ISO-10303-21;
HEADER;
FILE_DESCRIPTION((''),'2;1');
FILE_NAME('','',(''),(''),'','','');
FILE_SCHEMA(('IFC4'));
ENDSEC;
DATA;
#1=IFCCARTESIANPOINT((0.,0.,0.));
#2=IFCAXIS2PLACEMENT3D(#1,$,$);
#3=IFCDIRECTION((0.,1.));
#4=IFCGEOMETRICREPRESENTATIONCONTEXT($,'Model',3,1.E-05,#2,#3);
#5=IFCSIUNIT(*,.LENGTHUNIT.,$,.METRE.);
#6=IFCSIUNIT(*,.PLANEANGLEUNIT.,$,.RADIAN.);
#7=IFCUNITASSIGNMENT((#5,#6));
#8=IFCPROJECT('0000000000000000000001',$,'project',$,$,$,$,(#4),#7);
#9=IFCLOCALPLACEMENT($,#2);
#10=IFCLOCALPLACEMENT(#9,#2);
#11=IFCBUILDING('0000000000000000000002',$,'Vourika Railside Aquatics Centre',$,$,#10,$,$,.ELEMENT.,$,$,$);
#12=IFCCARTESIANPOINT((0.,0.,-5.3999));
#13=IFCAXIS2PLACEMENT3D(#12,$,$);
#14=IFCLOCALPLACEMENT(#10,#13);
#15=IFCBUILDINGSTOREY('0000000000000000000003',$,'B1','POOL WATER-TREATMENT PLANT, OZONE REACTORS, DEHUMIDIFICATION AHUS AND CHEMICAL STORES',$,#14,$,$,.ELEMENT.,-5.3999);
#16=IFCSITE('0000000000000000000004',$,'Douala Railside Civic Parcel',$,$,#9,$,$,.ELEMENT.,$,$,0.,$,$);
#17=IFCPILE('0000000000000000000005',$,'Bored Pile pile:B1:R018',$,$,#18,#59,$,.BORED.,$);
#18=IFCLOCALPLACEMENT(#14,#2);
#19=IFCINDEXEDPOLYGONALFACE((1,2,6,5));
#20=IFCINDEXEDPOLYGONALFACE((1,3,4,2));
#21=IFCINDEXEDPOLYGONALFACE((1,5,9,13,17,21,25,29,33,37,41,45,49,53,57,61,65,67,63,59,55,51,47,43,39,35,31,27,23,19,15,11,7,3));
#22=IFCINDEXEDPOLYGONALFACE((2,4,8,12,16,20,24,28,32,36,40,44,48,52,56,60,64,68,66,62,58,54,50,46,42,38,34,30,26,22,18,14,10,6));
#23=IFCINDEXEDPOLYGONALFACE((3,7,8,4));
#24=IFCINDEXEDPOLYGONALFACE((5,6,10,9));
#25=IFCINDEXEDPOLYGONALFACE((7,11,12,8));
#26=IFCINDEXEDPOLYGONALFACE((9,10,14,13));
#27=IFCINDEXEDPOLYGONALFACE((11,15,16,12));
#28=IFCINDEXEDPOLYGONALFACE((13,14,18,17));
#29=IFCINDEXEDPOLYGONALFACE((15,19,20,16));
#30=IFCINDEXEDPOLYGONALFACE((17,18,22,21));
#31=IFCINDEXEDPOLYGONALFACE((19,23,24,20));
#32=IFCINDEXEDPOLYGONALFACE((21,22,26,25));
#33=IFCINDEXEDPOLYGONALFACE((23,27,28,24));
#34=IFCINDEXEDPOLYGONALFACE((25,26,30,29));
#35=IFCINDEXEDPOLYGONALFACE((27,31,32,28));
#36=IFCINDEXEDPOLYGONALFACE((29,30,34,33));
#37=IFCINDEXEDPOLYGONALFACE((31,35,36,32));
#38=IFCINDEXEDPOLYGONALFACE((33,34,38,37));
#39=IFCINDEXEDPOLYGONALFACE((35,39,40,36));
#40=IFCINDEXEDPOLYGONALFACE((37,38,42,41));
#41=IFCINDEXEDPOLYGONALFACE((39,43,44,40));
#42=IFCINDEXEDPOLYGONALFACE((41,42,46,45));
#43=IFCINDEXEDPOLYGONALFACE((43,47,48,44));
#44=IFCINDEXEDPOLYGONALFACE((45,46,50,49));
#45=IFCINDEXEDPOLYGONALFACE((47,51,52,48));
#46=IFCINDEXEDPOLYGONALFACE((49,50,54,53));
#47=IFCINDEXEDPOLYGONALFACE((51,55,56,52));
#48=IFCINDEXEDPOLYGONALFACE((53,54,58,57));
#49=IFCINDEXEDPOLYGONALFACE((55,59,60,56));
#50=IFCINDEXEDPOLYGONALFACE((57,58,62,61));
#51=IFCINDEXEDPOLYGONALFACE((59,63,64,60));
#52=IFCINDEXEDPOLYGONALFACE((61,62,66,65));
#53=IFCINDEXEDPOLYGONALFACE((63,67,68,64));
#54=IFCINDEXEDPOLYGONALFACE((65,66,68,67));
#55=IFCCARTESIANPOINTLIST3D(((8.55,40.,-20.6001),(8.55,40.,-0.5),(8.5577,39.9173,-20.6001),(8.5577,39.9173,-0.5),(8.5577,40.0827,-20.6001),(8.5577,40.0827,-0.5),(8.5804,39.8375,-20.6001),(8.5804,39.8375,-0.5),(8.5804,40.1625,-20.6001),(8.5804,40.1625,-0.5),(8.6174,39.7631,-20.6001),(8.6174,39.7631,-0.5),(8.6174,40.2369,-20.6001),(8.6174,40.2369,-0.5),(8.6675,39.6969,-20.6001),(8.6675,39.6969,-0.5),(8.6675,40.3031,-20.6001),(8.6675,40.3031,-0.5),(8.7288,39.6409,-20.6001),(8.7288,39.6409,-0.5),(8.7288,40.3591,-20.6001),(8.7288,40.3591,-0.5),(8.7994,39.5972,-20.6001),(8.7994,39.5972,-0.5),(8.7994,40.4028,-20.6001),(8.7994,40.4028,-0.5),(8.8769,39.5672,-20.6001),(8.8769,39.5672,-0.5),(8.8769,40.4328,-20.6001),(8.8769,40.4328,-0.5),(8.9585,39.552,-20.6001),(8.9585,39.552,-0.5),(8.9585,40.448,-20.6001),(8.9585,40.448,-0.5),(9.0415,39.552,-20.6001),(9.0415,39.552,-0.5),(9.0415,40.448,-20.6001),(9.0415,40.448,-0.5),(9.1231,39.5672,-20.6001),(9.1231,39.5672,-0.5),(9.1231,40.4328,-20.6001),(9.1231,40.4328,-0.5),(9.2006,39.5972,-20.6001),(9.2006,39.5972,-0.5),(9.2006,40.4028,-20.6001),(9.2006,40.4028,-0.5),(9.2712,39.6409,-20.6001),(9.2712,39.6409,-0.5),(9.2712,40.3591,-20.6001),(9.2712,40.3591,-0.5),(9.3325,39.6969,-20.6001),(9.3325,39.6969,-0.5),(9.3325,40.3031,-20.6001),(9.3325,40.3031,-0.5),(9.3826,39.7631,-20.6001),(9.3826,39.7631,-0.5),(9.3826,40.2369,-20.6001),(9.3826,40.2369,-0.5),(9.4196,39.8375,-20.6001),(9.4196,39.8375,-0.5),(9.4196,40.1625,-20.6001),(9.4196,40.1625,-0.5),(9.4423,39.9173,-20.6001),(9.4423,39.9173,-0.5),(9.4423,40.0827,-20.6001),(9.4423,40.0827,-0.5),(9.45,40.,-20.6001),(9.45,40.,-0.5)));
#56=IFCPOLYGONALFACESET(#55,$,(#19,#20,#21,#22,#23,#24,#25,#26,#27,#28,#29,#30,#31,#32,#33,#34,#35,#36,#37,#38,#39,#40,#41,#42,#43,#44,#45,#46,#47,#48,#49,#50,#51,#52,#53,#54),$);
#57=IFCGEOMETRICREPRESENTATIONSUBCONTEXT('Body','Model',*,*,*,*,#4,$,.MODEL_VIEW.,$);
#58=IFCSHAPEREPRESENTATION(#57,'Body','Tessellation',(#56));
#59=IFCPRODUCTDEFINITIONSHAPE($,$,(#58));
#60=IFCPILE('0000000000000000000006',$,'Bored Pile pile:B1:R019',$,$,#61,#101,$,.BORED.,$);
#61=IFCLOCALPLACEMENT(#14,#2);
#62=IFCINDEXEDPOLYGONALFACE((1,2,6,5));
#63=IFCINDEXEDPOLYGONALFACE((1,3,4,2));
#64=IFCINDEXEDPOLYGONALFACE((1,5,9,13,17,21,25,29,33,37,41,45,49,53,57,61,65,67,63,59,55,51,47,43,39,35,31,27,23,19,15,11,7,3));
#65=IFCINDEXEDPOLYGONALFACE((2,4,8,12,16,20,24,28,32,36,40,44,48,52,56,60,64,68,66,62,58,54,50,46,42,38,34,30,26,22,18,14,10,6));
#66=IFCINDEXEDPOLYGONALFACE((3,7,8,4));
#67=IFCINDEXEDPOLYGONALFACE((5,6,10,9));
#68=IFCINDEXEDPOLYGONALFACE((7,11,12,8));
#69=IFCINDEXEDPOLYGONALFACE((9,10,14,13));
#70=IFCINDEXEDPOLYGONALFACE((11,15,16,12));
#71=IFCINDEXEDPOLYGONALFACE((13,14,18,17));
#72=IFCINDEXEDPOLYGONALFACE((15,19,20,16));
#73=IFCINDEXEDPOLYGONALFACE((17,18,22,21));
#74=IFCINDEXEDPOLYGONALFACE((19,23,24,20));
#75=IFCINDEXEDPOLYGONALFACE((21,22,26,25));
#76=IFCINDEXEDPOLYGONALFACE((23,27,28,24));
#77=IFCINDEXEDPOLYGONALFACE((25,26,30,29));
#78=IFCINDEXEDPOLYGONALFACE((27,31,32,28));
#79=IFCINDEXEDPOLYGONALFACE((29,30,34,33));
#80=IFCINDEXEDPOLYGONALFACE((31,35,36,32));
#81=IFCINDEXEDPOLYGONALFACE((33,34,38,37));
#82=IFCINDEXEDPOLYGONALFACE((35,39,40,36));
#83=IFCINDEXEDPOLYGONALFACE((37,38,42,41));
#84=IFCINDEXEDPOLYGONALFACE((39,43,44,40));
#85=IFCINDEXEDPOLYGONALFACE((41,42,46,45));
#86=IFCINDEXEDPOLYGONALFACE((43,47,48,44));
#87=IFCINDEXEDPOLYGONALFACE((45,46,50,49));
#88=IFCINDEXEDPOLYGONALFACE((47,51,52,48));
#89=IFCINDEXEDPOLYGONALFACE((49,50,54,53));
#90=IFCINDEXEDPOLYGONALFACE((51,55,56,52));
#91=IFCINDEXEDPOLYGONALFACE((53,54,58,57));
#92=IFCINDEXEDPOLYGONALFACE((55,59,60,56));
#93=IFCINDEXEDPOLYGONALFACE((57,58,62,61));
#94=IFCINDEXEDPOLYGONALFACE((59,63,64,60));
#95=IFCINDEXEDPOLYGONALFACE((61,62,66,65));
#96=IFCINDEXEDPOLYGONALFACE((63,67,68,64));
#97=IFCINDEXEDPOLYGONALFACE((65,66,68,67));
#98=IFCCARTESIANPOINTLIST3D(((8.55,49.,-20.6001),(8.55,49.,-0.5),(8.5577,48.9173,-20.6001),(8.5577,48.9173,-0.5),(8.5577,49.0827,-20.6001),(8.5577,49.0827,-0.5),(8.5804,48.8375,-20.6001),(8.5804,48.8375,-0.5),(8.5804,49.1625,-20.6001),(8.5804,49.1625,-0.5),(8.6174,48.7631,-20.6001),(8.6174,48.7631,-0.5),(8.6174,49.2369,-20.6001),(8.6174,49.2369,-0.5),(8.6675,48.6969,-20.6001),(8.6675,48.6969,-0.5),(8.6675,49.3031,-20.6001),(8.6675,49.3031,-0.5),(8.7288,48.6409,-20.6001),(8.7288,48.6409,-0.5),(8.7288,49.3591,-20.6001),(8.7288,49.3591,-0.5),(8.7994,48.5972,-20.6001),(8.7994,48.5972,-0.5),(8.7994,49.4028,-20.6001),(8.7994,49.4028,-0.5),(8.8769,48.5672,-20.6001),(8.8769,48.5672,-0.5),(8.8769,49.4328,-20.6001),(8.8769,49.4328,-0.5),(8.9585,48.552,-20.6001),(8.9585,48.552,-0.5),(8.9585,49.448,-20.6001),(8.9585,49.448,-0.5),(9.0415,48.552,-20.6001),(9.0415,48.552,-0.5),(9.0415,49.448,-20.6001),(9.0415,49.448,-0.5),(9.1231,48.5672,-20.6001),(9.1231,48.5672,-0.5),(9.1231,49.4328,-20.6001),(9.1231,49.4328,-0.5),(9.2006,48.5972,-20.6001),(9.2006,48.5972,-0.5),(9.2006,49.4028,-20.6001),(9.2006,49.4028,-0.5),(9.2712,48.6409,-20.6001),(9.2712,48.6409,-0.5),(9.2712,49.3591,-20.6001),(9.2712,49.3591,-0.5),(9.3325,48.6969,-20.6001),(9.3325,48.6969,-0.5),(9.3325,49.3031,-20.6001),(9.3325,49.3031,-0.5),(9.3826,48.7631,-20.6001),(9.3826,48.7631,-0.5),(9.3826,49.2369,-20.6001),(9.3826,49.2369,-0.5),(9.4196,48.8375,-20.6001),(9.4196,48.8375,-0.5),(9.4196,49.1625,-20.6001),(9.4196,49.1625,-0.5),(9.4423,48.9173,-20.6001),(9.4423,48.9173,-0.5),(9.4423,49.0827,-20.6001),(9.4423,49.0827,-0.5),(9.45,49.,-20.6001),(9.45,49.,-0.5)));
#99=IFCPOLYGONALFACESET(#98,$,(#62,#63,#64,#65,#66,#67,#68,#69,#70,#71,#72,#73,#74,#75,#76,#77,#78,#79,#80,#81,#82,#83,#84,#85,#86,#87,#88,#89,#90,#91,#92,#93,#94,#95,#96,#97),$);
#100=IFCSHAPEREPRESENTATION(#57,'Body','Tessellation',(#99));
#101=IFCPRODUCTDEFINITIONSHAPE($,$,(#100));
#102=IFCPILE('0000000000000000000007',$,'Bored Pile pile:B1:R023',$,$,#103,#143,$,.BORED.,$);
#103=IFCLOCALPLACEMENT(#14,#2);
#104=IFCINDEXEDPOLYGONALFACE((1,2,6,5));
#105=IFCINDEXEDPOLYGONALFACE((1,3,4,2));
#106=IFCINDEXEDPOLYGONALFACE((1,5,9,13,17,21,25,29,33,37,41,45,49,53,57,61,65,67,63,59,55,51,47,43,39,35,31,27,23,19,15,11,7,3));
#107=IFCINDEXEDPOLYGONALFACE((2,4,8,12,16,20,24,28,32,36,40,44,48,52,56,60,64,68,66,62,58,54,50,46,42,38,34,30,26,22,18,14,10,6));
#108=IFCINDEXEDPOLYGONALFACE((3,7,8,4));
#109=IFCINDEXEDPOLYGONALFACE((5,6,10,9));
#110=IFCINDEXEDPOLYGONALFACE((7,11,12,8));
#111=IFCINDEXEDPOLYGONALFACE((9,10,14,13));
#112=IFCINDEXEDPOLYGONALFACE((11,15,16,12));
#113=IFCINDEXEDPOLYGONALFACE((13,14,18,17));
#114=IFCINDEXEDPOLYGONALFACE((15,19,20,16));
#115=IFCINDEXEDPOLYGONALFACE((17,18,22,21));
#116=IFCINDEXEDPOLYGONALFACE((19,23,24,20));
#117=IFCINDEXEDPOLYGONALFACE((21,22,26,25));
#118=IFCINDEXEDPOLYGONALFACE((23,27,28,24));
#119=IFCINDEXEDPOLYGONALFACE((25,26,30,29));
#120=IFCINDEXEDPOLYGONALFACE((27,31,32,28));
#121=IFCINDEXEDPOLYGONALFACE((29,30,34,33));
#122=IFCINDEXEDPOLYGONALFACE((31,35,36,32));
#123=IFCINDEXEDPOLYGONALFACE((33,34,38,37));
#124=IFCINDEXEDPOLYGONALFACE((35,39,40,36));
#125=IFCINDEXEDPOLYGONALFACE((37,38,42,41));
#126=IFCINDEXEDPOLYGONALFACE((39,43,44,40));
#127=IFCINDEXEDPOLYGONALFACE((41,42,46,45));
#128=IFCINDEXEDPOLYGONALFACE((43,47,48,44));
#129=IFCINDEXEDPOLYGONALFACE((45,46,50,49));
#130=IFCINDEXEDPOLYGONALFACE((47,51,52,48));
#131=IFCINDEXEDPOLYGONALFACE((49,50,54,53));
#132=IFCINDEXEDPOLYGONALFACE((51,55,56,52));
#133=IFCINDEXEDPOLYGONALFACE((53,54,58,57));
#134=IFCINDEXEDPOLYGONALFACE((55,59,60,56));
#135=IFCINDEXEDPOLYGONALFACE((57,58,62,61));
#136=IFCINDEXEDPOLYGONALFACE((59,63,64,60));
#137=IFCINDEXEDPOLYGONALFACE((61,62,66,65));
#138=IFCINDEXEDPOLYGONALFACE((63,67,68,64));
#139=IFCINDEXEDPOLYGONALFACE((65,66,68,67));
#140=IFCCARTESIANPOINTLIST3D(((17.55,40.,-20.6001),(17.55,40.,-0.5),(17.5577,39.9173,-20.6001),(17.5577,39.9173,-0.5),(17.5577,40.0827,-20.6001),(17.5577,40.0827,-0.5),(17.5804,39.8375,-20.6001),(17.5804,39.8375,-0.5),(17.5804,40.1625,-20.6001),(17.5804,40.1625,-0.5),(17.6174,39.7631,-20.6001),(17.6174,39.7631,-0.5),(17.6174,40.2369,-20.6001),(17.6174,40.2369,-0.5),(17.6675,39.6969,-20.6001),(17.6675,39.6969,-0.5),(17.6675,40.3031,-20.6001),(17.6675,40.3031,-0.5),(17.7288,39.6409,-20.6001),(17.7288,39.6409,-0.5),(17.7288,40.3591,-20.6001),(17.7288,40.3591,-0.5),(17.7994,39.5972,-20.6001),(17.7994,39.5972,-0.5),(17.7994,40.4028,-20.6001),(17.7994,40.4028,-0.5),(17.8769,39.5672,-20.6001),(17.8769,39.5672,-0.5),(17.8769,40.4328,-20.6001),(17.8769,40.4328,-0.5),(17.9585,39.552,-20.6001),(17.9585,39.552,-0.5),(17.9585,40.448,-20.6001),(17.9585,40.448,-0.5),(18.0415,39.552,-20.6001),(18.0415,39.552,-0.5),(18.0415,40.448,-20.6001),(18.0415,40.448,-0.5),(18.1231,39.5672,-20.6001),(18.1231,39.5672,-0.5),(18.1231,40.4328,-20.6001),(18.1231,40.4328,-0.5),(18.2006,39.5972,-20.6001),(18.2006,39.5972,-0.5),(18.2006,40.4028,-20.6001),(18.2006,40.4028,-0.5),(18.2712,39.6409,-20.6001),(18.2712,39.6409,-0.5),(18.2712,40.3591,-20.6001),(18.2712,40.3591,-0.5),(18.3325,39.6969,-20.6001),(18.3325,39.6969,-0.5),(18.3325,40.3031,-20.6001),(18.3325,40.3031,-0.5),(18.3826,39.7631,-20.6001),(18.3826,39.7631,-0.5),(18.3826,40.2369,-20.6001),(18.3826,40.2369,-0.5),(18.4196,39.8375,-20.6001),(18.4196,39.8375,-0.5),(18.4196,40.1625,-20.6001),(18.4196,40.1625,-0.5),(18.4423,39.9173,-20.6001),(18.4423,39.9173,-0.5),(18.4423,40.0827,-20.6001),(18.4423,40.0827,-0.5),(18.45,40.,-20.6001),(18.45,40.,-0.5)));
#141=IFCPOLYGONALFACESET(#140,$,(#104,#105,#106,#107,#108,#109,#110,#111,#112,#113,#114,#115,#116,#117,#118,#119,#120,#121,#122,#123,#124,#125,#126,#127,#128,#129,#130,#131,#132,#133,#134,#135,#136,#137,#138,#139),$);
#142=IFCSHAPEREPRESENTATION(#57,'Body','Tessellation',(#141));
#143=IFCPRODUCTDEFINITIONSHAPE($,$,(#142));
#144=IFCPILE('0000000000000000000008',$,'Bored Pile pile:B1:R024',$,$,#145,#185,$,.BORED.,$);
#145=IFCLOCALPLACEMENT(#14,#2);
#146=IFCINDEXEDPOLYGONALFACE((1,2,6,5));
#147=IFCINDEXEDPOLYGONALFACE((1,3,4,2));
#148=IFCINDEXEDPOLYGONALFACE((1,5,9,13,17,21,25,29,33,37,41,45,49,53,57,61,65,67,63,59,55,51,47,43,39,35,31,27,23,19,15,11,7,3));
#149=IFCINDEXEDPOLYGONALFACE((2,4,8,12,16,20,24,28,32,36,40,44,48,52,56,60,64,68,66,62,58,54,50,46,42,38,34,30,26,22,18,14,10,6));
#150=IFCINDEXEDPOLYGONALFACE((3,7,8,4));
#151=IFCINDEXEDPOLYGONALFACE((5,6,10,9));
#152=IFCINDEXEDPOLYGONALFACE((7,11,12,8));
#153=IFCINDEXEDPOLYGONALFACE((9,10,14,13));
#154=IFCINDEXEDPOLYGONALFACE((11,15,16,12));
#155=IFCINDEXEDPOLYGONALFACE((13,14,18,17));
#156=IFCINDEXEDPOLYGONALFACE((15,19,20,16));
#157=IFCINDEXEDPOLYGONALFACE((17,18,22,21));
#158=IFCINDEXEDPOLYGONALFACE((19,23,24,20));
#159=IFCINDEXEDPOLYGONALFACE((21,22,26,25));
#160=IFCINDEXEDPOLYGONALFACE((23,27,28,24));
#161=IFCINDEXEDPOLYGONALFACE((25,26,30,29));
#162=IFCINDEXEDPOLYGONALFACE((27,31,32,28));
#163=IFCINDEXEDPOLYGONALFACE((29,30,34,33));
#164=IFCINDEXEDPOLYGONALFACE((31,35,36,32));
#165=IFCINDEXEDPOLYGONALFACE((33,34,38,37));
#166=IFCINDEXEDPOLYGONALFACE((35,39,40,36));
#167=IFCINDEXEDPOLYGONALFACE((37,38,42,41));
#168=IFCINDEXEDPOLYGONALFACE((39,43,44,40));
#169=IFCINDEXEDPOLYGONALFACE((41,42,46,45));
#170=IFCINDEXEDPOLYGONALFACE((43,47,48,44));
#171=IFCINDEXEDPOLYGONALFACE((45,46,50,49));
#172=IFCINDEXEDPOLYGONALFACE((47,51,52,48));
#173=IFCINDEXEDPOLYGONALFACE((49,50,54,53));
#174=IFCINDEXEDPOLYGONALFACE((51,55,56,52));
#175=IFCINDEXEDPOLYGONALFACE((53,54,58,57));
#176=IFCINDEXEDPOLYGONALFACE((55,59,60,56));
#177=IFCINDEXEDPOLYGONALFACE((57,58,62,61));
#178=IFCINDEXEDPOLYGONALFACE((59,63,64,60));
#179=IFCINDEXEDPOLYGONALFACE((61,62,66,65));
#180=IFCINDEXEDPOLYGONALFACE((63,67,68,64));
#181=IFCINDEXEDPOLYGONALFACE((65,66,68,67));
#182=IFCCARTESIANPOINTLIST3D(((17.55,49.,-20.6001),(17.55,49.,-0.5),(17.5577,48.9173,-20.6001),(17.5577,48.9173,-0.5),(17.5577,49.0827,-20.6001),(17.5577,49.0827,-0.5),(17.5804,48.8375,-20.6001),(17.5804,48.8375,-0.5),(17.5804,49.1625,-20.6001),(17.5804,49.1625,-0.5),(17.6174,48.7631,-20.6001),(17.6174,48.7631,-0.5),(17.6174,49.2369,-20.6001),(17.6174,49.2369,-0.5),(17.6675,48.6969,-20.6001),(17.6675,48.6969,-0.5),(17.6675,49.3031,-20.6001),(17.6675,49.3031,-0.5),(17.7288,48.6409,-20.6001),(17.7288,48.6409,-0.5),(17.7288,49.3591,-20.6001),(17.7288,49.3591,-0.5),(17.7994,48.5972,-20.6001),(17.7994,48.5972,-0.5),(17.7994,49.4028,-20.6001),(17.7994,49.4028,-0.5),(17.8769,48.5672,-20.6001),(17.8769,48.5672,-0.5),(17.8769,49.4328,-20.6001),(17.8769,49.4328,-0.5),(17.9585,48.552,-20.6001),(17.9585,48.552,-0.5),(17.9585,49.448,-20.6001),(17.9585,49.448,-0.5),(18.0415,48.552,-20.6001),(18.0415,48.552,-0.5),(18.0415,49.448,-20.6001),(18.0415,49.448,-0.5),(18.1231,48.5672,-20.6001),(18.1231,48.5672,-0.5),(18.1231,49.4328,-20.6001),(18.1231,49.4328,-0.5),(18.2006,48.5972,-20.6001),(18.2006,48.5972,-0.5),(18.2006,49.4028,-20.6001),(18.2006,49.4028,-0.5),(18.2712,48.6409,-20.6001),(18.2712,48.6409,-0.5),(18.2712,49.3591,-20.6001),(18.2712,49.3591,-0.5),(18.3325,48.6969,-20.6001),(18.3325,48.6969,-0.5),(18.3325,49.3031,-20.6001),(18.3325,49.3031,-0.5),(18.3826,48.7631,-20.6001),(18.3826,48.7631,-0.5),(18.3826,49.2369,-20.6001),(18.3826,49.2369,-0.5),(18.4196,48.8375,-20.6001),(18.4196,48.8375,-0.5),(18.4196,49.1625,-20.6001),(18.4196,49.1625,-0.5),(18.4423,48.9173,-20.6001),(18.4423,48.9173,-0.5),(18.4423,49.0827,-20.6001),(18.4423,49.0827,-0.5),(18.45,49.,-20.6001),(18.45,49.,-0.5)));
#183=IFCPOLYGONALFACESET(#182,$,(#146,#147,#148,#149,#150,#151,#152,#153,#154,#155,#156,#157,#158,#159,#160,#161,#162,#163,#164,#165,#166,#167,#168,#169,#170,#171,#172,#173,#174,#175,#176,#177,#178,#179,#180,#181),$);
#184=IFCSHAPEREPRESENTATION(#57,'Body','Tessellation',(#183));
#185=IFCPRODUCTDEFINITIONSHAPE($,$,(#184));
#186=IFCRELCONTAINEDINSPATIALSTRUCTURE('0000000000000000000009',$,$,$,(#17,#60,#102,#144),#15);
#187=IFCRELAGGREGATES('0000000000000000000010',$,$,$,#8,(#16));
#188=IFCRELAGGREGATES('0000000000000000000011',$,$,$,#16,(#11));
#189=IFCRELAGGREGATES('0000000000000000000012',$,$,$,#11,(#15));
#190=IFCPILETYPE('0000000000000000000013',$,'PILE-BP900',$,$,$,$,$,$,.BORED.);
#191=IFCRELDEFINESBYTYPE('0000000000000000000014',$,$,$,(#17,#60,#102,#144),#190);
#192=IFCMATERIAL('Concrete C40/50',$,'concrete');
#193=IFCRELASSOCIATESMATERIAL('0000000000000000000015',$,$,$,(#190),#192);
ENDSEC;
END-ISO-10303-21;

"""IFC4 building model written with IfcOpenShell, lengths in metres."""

from ifc_helpers import new_model, si_unit, direction, frame, origin, origin_2d, place, context, subcontext, project, spatial, circle, extrude, material, material_profile, profile_set, type_object, element, save


model = new_model("IFC4")

# Units and contexts
model_context = context("Model", 3, precision=1e-05, world=origin(), true_north=direction((0.0, 1.0)))
body_context = subcontext(model_context, "Body", "Model", "MODEL_VIEW")
ifc_project = project(units=[si_unit("LENGTHUNIT", "METRE"), si_unit("PLANEANGLEUNIT", "RADIAN")], contexts=[model_context])

# Site, building, storey
site_placement = place(None, origin())
site = spatial("IfcSite", under=ifc_project, at=site_placement, Name="Douala Railside Civic Parcel", CompositionType="ELEMENT", RefElevation=0.0)
building_placement = place(site_placement, origin())
building = spatial("IfcBuilding", under=site, at=building_placement, Name="Vourika Railside Aquatics Centre", CompositionType="ELEMENT")
storey_placement = place(building_placement, frame((0.0, 0.0, -5.3999)))
storey = spatial("IfcBuildingStorey", under=building, at=storey_placement, Name="B1", Description="POOL WATER-TREATMENT PLANT, OZONE REACTORS, DEHUMIDIFICATION AHUS AND CHEMICAL STORES", CompositionType="ELEMENT", Elevation=-5.3999)

# Piles
ifc_material_1 = material(Name="Concrete C40/50", Category="concrete")
ifc_material_profile_1 = material_profile(ifc_material_1, circle(Radius=0.45, at=origin_2d()), Name="BP 900")
ifc_profile_set_1 = profile_set([ifc_material_profile_1], Name="Concrete C40/50")
pile_type = type_object("IfcPileType", Name="PILE-BP900", PredefinedType="BORED", material=ifc_profile_set_1)
for number, where, z_axis, x_axis, name in (
    (1, (9.0, 40.0, -0.5), (0.0, 0.0, -1.0), (1.0, 0.0, 0.0), "Bored Pile pile:B1:R018"),
    (2, (9.0, 49.0, -0.5), (0.0, 0.0, -1.0), (1.0, 0.0, 0.0), "Bored Pile pile:B1:R019"),
    (3, (18.0, 40.0, -0.5), (0.0, 0.0, -1.0), (1.0, 0.0, 0.0), "Bored Pile pile:B1:R023"),
    (4, (18.0, 49.0, -0.5), (0.0, 0.0, -1.0), (1.0, 0.0, 0.0), "Bored Pile pile:B1:R024"),
):
    element("IfcPile", number, at=place(storey_placement, frame(where, z_axis=z_axis, x_axis=x_axis)), inside=storey, type_object=pile_type, Name=name, PredefinedType="BORED", context=body_context, shape_type="SweptSolid", body=[
        extrude(circle(Radius=0.45, at=origin_2d()), origin(), (0.0, 0.0, 1.0), 20.1001),
    ])

save(model, "model.ifc")
